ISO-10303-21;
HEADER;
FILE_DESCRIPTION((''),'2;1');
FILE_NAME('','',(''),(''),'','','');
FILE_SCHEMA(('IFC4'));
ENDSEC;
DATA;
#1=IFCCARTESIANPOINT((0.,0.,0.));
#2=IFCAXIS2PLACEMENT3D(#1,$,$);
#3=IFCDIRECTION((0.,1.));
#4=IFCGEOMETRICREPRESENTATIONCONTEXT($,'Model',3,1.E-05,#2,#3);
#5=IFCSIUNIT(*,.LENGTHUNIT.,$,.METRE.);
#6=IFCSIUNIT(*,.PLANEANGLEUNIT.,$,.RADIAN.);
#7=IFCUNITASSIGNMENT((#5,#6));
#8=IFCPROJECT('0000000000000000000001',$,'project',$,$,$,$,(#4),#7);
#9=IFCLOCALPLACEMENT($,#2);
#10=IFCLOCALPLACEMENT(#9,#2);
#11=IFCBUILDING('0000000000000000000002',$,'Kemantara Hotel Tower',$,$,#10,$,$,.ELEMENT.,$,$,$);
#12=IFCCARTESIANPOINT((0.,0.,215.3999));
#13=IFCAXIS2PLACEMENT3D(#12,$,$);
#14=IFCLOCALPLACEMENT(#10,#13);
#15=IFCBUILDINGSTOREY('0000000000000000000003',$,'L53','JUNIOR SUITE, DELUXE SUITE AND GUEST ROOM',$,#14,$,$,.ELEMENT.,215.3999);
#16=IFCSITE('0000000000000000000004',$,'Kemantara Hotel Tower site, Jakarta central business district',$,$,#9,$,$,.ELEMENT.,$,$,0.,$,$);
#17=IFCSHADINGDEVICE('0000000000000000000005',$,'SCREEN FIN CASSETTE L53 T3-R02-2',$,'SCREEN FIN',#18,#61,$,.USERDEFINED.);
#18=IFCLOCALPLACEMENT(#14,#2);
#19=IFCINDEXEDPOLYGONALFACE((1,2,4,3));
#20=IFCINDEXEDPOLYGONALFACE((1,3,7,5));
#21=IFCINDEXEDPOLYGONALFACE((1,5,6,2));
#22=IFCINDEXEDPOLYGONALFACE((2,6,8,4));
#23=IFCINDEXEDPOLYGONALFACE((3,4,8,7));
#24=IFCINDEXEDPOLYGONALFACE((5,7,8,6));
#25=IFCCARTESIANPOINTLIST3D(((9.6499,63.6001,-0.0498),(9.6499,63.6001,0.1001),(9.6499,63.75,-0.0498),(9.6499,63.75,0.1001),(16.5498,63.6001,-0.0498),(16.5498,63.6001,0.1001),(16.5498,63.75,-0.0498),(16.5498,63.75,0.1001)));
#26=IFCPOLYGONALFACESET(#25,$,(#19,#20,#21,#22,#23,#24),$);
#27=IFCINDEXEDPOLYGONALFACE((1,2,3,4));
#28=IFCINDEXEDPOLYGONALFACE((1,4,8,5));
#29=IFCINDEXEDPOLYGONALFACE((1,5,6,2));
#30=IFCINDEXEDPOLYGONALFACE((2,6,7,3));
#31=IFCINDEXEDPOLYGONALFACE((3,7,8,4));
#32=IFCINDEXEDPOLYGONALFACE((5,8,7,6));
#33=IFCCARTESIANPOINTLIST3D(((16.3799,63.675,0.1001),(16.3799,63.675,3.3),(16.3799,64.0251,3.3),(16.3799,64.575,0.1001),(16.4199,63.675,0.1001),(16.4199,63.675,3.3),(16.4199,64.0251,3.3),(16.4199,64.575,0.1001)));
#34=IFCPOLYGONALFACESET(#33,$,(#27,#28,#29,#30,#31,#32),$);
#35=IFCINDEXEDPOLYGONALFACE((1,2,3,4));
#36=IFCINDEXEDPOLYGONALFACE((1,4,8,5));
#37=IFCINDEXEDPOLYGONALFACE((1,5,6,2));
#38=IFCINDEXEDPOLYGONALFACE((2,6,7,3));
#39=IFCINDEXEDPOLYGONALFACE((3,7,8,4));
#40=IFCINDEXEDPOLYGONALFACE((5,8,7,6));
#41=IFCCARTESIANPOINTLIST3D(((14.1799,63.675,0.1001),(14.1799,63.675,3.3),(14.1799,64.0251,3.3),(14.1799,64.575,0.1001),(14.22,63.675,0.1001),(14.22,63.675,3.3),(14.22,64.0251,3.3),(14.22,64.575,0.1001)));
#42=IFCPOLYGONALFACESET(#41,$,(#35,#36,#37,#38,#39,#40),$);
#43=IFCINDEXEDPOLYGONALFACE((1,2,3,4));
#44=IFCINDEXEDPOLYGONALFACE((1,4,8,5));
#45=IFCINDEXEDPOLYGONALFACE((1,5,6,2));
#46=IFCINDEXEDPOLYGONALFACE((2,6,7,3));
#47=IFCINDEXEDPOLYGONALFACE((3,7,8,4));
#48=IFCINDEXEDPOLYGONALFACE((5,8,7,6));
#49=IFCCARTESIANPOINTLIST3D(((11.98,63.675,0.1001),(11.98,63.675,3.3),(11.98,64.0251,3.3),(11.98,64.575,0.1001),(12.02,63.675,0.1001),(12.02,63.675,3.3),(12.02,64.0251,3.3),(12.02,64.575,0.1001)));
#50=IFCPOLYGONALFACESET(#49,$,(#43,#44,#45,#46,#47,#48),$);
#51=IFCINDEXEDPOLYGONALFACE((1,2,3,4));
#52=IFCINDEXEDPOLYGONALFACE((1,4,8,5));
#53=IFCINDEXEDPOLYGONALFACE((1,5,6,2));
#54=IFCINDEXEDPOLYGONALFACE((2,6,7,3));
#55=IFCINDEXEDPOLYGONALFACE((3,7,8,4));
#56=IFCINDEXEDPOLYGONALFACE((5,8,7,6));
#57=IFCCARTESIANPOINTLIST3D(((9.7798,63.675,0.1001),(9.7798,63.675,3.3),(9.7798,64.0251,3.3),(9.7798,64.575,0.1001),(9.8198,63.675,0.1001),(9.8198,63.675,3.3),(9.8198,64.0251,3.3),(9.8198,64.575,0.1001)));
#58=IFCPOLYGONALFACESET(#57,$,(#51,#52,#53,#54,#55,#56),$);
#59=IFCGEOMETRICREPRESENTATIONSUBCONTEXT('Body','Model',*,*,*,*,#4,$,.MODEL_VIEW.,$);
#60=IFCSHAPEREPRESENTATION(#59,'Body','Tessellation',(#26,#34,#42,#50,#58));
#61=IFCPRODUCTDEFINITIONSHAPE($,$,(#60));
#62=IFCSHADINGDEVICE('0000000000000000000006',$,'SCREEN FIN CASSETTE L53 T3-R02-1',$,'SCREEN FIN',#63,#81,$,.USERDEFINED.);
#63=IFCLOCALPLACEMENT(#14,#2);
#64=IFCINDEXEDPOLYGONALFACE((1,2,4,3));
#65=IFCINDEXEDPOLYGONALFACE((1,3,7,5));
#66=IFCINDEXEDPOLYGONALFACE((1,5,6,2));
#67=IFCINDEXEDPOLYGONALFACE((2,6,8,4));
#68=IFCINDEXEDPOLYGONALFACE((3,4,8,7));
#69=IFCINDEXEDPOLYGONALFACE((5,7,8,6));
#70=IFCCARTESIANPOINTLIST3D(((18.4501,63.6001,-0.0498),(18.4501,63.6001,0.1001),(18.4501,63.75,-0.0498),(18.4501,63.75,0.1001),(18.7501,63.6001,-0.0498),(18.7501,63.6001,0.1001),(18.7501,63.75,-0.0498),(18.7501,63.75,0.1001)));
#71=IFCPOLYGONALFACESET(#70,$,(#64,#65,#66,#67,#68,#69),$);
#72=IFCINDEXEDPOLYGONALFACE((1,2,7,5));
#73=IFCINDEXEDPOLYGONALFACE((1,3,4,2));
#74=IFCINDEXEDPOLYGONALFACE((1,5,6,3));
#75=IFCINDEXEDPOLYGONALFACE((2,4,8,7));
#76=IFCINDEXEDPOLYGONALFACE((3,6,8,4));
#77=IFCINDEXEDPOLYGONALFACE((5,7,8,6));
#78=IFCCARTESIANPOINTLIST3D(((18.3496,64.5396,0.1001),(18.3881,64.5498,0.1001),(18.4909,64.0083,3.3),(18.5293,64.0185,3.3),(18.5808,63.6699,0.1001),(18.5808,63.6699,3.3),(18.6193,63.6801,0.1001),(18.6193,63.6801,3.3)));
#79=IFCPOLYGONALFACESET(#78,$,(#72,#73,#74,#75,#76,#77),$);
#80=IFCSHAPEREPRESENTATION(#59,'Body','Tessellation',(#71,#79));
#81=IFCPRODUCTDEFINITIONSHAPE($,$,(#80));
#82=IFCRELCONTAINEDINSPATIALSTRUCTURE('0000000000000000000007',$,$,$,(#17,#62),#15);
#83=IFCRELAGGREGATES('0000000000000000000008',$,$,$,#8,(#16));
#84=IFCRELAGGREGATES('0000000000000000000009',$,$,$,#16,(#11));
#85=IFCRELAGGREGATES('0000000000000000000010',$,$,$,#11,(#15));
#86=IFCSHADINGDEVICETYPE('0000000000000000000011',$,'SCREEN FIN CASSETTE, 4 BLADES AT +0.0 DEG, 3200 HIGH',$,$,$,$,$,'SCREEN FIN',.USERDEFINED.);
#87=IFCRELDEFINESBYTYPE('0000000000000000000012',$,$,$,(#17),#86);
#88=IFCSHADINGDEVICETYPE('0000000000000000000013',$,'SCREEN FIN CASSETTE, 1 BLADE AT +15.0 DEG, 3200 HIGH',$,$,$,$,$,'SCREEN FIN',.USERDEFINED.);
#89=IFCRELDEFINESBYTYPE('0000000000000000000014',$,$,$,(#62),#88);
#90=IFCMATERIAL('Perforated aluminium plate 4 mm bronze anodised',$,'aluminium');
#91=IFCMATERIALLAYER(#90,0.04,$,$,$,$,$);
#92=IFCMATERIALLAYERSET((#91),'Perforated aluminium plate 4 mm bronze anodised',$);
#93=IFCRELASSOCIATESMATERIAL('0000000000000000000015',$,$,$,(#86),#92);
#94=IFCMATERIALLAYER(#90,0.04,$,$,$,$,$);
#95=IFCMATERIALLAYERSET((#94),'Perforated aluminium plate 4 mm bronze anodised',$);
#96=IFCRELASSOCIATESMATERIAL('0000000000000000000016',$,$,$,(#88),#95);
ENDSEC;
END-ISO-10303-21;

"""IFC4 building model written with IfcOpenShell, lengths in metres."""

from ifc_helpers import new_model, si_unit, direction, frame, origin, origin_2d, place, context, subcontext, project, spatial, polyline, rectangle, outline, extrude, source, transform, mapped, material, layer, layer_set, type_object, element, save


model = new_model("IFC4")

# Units and contexts
model_context = context("Model", 3, precision=1e-05, world=origin(), true_north=direction((0.0, 1.0)))
body_context = subcontext(model_context, "Body", "Model", "MODEL_VIEW")
ifc_project = project(units=[si_unit("LENGTHUNIT", "METRE"), si_unit("PLANEANGLEUNIT", "RADIAN")], contexts=[model_context])

# Site, building, storey
site_placement = place(None, origin())
site = spatial("IfcSite", under=ifc_project, at=site_placement, Name="Kemantara Hotel Tower site, Jakarta central business district", CompositionType="ELEMENT", RefElevation=0.0)
building_placement = place(site_placement, origin())
building = spatial("IfcBuilding", under=site, at=building_placement, Name="Kemantara Hotel Tower", CompositionType="ELEMENT")
storey_placement = place(building_placement, frame((0.0, 0.0, 215.3999)))
storey = spatial("IfcBuildingStorey", under=building, at=storey_placement, Name="L53", Description="JUNIOR SUITE, DELUXE SUITE AND GUEST ROOM", CompositionType="ELEMENT", Elevation=215.3999)

# Shading devices
ifc_material_1 = material(Name="Perforated aluminium plate 4 mm bronze anodised", Category="aluminium")
ifc_layer_1 = layer(ifc_material_1, 0.04)
ifc_layer_set_1 = layer_set([ifc_layer_1], Name="Perforated aluminium plate 4 mm bronze anodised")
shading_device_type_1 = type_object("IfcShadingDeviceType", Name="SCREEN FIN CASSETTE, 4 BLADES AT +0.0 DEG, 3200 HIGH", ElementType="SCREEN FIN", PredefinedType="USERDEFINED", material=ifc_layer_set_1)
shared_shape_1 = source(origin(), body_context, "Body", "SweptSolid", [
    extrude(rectangle(XDim=6.8999, YDim=0.1499, at=origin_2d()), frame((3.3, -0.075, -0.1499), z_axis=(0.0, 0.0, 1.0), x_axis=(1.0, 0.0, 0.0)), (0.0, 0.0, 1.0), 0.1499),
    extrude(outline(polyline([(0.0, 0.0), (0.8999, 0.0), (0.3501, 3.2), (0.0, 3.2), (0.0, 0.0)])), frame((0.02, -0.075, 0.0), z_axis=(-1.0, 0.0, 0.0), x_axis=(0.0, -1.0, 0.0)), (0.0, 0.0, 1.0), 0.04),
    extrude(outline(polyline([(0.0, 0.0), (0.8999, 0.0), (0.3501, 3.2), (0.0, 3.2), (0.0, 0.0)])), frame((2.22, -0.075, 0.0), z_axis=(-1.0, 0.0, 0.0), x_axis=(0.0, -1.0, 0.0)), (0.0, 0.0, 1.0), 0.04),
    extrude(outline(polyline([(0.0, 0.0), (0.8999, 0.0), (0.3501, 3.2), (0.0, 3.2), (0.0, 0.0)])), frame((4.4199, -0.075, 0.0), z_axis=(-1.0, 0.0, 0.0), x_axis=(0.0, -1.0, 0.0)), (0.0, 0.0, 1.0), 0.04),
    extrude(outline(polyline([(0.0, 0.0), (0.8999, 0.0), (0.3501, 3.2), (0.0, 3.2), (0.0, 0.0)])), frame((6.6201, -0.075, 0.0), z_axis=(-1.0, 0.0, 0.0), x_axis=(0.0, -1.0, 0.0)), (0.0, 0.0, 1.0), 0.04),
])
shading_device_1_placement = place(storey_placement, frame((16.3999, 63.6001, 0.1001), z_axis=(0.0, 0.0, 1.0), x_axis=(-1.0, 0.0, 0.0)))
element("IfcShadingDevice", 1, at=shading_device_1_placement, inside=storey, type_object=shading_device_type_1, Name="SCREEN FIN CASSETTE L53 T3-R02-2", ObjectType="SCREEN FIN", PredefinedType="USERDEFINED", context=body_context, shape_type="MappedRepresentation", body=[
    mapped(shared_shape_1, transform((0.0, 0.0, 0.0))),
])
ifc_layer_2 = layer(ifc_material_1, 0.04)
ifc_layer_set_2 = layer_set([ifc_layer_2], Name="Perforated aluminium plate 4 mm bronze anodised")
shading_device_type_2 = type_object("IfcShadingDeviceType", Name="SCREEN FIN CASSETTE, 1 BLADE AT +15.0 DEG, 3200 HIGH", ElementType="SCREEN FIN", PredefinedType="USERDEFINED", material=ifc_layer_set_2)
shared_shape_2 = source(origin(), body_context, "Body", "SweptSolid", [
    extrude(rectangle(XDim=0.3, YDim=0.1499, at=origin_2d()), frame((0.0, -0.075, -0.1499), z_axis=(0.0, 0.0, 1.0), x_axis=(1.0, 0.0, 0.0)), (0.0, 0.0, 1.0), 0.1499),
    extrude(outline(polyline([(0.0, 0.0), (0.8999, 0.0), (0.3501, 3.2), (0.0, 3.2), (0.0, 0.0)])), frame((0.0193, -0.0698, 0.0), z_axis=(-0.966438, -0.256901, 0.0), x_axis=(0.256901, -0.966438, 0.0)), (0.0, 0.0, 1.0), 0.0398),
])
shading_device_2_placement = place(storey_placement, frame((18.6001, 63.6001, 0.1001), z_axis=(0.0, 0.0, 1.0), x_axis=(-1.0, 0.0, 0.0)))
element("IfcShadingDevice", 2, at=shading_device_2_placement, inside=storey, type_object=shading_device_type_2, Name="SCREEN FIN CASSETTE L53 T3-R02-1", ObjectType="SCREEN FIN", PredefinedType="USERDEFINED", context=body_context, shape_type="MappedRepresentation", body=[
    mapped(shared_shape_2, transform((0.0, 0.0, 0.0))),
])

save(model, "model.ifc")
